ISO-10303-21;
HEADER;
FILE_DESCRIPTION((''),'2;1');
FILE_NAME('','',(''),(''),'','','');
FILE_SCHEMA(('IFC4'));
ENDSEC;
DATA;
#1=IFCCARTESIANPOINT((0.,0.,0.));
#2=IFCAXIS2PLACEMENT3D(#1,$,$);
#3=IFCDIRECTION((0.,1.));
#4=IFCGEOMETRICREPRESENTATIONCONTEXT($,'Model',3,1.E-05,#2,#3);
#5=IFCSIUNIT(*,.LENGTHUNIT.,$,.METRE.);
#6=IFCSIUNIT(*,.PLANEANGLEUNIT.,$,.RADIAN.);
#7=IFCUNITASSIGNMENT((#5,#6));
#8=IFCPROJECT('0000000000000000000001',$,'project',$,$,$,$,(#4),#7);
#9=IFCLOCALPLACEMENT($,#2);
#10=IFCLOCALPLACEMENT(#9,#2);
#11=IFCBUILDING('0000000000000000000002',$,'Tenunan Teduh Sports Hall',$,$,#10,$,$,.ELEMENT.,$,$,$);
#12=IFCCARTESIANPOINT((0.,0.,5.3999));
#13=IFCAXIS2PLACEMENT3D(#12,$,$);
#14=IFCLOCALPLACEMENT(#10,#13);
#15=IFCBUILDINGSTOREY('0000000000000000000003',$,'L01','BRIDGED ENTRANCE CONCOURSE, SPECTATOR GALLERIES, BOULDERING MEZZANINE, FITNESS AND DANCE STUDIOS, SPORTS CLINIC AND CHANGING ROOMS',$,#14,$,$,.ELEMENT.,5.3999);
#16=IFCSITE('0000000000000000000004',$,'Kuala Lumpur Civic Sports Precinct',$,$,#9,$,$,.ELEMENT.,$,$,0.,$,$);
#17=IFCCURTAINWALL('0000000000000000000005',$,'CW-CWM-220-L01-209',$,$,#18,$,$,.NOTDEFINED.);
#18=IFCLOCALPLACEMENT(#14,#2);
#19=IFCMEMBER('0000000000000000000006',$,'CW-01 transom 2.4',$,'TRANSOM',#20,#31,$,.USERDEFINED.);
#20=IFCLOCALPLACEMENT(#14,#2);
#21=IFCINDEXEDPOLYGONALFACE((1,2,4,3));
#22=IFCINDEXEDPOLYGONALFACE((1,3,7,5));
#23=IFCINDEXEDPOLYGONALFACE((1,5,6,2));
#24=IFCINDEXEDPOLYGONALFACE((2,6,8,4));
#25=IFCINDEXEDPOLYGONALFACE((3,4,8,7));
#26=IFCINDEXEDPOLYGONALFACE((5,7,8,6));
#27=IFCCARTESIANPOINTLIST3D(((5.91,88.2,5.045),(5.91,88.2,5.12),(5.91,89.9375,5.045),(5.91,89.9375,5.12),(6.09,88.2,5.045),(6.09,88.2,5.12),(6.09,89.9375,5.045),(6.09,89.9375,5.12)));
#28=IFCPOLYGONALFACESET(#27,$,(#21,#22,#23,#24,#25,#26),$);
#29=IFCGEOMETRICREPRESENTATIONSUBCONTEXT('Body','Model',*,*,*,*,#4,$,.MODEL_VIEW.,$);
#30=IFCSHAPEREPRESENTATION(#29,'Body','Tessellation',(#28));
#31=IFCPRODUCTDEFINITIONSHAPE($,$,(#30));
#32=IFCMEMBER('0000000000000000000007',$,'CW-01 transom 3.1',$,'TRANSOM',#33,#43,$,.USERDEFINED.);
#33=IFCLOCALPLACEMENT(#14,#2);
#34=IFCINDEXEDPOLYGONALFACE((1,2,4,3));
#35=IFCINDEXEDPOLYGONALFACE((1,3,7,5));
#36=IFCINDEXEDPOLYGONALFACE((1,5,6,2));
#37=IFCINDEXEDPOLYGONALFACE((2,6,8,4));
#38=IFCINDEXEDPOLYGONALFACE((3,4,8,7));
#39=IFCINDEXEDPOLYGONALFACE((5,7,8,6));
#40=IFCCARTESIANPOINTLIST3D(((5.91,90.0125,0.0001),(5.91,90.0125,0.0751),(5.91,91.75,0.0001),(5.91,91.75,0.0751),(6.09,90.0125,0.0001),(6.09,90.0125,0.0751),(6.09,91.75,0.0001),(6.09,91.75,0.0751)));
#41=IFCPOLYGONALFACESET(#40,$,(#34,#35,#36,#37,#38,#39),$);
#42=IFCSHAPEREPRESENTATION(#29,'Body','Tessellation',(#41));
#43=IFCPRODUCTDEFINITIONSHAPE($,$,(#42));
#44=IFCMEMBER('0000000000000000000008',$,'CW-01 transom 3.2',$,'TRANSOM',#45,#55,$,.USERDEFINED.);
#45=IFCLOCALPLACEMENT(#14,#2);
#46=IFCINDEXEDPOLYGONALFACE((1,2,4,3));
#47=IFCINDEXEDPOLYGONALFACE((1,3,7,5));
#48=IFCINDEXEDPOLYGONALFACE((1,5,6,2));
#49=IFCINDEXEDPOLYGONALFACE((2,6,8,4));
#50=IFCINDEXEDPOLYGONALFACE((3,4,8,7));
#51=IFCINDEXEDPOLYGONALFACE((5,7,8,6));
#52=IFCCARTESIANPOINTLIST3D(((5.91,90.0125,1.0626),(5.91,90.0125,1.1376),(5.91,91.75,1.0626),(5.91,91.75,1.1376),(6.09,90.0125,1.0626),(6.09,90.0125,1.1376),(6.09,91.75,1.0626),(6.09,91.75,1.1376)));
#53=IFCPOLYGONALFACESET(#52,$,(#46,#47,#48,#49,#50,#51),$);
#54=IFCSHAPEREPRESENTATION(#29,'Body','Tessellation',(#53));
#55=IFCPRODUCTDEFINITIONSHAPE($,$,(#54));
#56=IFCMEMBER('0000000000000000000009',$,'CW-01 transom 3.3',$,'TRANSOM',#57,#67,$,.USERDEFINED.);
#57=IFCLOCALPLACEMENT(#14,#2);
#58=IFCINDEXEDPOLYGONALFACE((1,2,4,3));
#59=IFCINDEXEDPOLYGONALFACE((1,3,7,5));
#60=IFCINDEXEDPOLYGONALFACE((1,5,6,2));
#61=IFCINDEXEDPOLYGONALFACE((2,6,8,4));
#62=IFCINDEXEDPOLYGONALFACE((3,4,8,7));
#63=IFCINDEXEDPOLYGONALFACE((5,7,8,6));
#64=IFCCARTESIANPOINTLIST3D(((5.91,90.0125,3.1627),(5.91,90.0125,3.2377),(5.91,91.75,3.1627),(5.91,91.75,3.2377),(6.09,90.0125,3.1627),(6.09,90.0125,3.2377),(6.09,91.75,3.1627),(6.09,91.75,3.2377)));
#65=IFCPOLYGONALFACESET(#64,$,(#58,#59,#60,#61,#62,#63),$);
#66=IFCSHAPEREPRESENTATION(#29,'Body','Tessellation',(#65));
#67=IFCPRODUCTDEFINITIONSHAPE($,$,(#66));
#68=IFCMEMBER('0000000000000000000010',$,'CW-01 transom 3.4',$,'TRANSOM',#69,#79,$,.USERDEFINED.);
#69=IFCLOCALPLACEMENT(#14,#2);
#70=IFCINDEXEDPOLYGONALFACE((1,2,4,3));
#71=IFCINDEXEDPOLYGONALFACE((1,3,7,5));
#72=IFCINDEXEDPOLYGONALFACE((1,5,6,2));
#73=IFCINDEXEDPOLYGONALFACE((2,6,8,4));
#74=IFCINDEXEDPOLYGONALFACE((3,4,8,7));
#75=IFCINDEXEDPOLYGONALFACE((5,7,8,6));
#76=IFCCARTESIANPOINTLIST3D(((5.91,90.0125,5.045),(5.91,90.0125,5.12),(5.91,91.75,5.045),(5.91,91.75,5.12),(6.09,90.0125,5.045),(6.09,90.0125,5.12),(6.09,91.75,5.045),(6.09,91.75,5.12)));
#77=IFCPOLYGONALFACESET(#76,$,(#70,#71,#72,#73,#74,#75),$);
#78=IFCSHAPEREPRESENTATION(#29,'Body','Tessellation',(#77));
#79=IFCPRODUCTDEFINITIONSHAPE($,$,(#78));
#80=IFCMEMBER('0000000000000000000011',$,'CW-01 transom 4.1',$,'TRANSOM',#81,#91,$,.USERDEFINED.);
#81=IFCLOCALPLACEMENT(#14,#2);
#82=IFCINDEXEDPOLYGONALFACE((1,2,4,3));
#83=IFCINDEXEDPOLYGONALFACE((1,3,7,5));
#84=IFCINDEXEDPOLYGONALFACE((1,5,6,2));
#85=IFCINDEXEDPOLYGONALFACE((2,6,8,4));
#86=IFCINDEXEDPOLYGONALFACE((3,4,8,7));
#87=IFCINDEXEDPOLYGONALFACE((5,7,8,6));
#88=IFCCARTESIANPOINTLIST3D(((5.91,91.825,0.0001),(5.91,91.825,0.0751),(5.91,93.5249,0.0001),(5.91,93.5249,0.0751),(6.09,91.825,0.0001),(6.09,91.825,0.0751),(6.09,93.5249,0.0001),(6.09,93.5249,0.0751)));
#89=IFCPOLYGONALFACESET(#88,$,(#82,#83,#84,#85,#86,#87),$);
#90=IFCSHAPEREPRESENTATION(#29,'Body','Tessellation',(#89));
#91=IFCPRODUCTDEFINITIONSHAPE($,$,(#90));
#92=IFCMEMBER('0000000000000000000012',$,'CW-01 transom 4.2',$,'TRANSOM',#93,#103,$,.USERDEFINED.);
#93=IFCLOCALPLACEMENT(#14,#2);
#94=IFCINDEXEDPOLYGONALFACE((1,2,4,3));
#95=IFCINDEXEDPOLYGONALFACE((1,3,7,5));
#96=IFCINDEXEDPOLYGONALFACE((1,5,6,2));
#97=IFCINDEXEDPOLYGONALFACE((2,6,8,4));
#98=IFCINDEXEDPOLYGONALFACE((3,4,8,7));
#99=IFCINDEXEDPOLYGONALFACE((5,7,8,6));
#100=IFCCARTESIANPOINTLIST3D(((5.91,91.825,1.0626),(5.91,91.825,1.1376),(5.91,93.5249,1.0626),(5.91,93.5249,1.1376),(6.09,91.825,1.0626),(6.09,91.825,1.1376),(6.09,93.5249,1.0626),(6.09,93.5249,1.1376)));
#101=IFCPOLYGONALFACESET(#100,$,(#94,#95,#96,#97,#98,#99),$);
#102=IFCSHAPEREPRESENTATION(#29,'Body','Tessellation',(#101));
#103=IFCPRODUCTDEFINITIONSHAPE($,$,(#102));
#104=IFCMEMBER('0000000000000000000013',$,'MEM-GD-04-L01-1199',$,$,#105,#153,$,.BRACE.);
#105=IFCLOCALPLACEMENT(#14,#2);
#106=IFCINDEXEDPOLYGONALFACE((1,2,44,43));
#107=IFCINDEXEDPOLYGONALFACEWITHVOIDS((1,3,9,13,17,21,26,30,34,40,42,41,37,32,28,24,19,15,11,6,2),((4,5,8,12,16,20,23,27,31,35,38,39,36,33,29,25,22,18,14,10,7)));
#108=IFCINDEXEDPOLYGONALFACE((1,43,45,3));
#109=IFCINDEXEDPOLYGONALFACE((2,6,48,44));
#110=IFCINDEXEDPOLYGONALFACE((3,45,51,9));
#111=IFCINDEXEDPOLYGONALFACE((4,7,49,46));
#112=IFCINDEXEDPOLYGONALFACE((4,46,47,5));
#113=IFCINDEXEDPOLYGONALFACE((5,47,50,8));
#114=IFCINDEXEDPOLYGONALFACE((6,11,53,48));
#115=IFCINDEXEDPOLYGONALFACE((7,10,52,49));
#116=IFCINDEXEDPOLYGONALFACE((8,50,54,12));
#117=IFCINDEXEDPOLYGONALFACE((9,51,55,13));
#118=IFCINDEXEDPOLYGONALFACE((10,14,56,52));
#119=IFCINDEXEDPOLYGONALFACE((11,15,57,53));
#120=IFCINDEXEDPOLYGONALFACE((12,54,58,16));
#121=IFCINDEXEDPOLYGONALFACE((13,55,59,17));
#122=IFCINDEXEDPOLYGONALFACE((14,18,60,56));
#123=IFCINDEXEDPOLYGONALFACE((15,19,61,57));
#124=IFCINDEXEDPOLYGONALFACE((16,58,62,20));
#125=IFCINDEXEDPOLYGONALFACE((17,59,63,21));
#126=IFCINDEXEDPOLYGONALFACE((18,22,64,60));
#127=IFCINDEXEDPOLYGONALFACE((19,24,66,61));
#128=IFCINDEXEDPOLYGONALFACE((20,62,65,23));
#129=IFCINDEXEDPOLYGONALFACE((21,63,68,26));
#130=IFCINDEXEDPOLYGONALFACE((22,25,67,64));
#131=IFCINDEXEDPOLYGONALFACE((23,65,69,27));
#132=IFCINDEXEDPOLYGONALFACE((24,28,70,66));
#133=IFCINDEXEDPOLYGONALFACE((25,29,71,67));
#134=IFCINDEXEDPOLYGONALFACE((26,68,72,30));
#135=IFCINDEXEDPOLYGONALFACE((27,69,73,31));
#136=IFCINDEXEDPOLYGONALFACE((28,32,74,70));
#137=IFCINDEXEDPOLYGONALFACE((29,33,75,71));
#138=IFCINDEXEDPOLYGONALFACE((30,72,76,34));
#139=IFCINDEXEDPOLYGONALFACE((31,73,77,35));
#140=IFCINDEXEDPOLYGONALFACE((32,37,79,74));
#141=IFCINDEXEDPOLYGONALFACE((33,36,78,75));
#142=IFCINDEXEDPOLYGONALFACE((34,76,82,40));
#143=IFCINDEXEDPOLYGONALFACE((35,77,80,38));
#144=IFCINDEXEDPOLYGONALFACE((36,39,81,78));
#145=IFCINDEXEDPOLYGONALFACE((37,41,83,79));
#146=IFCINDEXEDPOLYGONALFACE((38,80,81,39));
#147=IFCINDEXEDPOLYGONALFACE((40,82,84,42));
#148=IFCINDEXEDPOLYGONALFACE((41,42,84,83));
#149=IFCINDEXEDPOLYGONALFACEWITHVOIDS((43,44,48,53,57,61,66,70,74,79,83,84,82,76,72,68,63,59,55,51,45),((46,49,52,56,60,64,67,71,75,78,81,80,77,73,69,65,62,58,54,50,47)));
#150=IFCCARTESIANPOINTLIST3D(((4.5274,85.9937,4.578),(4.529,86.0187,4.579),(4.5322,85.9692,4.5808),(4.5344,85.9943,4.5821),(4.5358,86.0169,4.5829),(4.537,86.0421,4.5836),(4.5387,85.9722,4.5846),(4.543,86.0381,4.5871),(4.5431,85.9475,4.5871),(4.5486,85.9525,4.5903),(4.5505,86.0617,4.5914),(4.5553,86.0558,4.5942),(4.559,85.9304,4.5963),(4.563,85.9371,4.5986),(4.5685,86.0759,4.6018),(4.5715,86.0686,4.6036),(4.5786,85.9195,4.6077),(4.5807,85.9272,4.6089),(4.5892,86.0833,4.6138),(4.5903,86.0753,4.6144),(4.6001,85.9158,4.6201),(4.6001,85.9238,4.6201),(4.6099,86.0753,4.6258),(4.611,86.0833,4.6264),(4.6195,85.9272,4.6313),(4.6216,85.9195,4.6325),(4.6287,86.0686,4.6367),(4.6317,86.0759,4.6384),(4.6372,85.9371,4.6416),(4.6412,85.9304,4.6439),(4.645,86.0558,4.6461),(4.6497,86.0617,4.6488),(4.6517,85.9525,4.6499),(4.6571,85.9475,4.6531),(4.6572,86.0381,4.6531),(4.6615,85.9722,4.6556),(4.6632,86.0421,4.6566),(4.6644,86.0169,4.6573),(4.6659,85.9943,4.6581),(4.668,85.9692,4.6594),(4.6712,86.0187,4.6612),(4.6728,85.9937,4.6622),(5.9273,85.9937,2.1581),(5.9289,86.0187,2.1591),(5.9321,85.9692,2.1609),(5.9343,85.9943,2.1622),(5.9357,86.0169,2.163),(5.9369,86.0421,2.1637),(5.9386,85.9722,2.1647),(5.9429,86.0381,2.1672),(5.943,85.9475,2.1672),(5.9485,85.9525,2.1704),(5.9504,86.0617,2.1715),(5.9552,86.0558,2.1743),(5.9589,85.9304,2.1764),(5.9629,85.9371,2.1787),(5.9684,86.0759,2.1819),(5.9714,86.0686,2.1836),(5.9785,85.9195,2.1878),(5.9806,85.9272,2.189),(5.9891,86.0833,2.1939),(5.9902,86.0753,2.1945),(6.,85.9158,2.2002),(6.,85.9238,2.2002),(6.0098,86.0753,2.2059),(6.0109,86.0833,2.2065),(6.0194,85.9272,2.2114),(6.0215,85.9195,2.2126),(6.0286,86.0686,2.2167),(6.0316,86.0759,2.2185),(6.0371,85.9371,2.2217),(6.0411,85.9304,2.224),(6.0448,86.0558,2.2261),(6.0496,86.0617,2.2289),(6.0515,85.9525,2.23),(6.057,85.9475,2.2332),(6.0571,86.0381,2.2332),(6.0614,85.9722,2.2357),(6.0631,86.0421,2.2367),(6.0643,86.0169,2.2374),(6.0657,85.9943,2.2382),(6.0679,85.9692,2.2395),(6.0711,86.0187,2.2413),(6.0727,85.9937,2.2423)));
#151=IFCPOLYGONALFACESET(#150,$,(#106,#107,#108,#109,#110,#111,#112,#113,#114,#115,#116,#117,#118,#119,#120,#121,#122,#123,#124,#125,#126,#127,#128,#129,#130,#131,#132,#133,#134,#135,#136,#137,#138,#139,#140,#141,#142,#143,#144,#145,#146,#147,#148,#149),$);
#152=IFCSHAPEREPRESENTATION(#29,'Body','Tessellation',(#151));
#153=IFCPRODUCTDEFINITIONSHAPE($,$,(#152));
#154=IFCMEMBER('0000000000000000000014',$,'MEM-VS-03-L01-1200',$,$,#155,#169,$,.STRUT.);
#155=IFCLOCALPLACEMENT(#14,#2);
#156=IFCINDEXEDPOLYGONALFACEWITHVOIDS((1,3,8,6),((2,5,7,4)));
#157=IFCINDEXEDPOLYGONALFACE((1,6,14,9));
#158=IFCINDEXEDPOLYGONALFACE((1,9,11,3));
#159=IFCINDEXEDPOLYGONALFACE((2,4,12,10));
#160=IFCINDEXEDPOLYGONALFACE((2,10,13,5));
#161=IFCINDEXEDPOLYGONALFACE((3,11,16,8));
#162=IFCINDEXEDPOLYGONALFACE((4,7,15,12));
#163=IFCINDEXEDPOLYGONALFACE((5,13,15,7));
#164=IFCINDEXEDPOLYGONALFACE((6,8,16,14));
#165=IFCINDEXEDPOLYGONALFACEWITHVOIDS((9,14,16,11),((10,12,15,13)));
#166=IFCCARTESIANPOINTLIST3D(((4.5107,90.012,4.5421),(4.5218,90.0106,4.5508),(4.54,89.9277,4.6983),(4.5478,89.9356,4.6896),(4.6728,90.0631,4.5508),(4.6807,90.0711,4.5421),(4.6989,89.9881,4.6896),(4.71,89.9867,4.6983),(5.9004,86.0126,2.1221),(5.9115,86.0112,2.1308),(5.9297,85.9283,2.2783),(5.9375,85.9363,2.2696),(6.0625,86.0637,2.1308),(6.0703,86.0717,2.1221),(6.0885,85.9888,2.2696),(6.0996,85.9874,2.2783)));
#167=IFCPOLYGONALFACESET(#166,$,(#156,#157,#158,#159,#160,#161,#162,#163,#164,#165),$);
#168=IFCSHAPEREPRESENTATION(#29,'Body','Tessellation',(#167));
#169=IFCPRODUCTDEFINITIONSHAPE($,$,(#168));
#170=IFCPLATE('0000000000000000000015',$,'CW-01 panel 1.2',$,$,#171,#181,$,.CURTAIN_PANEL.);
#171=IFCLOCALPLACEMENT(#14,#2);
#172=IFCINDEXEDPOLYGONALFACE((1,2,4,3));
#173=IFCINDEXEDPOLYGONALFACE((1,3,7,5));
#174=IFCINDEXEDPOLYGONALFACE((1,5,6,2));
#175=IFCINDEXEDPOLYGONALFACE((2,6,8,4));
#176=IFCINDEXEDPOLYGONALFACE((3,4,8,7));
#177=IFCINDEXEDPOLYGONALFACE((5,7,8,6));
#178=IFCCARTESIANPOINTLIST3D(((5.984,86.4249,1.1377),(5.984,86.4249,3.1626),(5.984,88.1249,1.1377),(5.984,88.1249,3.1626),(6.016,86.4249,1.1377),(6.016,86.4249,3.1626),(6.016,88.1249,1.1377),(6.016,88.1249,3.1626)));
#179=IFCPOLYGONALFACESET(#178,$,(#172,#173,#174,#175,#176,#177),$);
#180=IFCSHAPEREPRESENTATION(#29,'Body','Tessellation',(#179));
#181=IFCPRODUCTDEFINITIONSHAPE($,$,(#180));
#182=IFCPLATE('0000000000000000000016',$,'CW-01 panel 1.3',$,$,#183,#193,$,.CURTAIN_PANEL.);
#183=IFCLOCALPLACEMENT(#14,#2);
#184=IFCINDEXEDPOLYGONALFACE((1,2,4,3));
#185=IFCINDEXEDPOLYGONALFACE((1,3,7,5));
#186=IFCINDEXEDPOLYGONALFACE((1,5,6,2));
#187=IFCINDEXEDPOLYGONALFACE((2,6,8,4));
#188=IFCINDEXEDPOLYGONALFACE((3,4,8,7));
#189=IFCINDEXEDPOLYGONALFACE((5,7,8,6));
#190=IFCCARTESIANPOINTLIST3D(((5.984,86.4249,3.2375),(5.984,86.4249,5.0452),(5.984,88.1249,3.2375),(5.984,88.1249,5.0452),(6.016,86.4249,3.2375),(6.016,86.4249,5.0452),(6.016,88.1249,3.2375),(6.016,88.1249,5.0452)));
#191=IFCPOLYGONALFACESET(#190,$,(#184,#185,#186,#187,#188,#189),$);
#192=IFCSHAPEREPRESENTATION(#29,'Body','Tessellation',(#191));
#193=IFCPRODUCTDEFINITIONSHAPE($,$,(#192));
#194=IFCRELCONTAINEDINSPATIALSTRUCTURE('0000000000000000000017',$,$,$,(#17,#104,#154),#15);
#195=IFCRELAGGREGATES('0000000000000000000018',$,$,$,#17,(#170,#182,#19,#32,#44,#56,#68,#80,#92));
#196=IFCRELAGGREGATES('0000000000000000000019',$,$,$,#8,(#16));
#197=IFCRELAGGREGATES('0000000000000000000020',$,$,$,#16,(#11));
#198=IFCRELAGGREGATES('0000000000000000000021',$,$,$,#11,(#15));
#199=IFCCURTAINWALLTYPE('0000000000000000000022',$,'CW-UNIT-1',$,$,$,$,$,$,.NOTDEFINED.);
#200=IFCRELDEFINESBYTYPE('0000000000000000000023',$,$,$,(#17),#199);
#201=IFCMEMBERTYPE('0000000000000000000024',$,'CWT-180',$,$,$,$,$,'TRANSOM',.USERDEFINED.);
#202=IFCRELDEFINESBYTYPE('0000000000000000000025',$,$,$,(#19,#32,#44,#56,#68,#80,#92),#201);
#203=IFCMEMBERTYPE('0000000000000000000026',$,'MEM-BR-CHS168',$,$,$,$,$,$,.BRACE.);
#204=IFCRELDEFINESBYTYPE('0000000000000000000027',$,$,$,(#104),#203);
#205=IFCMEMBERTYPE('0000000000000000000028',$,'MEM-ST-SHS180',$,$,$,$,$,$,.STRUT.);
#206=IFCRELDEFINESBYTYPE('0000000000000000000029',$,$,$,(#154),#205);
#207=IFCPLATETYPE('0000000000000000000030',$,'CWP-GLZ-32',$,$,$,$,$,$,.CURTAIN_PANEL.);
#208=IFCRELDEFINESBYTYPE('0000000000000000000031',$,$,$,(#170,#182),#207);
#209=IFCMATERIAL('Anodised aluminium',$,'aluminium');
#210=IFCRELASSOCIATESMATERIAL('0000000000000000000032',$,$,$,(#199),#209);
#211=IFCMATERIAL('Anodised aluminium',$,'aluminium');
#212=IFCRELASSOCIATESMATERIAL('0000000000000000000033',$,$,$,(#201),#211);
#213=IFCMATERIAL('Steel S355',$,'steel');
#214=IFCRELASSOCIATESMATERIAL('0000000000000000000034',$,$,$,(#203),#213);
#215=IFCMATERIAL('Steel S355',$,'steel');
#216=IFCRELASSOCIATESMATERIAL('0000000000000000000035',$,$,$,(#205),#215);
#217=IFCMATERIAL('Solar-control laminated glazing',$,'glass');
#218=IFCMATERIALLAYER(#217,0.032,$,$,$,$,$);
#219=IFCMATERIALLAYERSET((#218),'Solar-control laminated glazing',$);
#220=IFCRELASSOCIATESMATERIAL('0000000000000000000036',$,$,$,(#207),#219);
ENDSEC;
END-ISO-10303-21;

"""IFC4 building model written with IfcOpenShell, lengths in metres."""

from ifc_helpers import new_model, si_unit, direction, frame, origin, origin_2d, place, context, subcontext, project, spatial, rectangle, hollow_rectangle, hollow_circle, extrude, material, layer, layer_set, material_profile, profile_set, type_object, element, aggregate, save


model = new_model("IFC4")

# Units and contexts
model_context = context("Model", 3, precision=1e-05, world=origin(), true_north=direction((0.0, 1.0)))
body_context = subcontext(model_context, "Body", "Model", "MODEL_VIEW")
ifc_project = project(units=[si_unit("LENGTHUNIT", "METRE"), si_unit("PLANEANGLEUNIT", "RADIAN")], contexts=[model_context])

# Site, building, storey
site_placement = place(None, origin())
site = spatial("IfcSite", under=ifc_project, at=site_placement, Name="Kuala Lumpur Civic Sports Precinct", CompositionType="ELEMENT", RefElevation=0.0)
building_placement = place(site_placement, origin())
building = spatial("IfcBuilding", under=site, at=building_placement, Name="Tenunan Teduh Sports Hall", CompositionType="ELEMENT")
storey_placement = place(building_placement, frame((0.0, 0.0, 5.3999)))
storey = spatial("IfcBuildingStorey", under=building, at=storey_placement, Name="L01", Description="BRIDGED ENTRANCE CONCOURSE, SPECTATOR GALLERIES, BOULDERING MEZZANINE, FITNESS AND DANCE STUDIOS, SPORTS CLINIC AND CHANGING ROOMS", CompositionType="ELEMENT", Elevation=5.3999)

# Curtain wall, members
ifc_material_1 = material(Name="Anodised aluminium", Category="aluminium")
curtain_wall_type = type_object("IfcCurtainWallType", Name="CW-UNIT-1", PredefinedType="NOTDEFINED", material=ifc_material_1)
curtain_wall_placement = place(storey_placement, origin())
curtain_wall = element("IfcCurtainWall", 1, at=curtain_wall_placement, inside=storey, type_object=curtain_wall_type, Name="CW-CWM-220-L01-209", PredefinedType="NOTDEFINED")
ifc_material_2 = material(Name="Anodised aluminium", Category="aluminium")
ifc_material_profile_1 = material_profile(ifc_material_2, rectangle(XDim=0.075, YDim=0.1799, at=origin_2d()), Name="CWT 75x180")
ifc_profile_set_1 = profile_set([ifc_material_profile_1], Name="Anodised aluminium")
member_type_1 = type_object("IfcMemberType", Name="CWT-180", ElementType="TRANSOM", PredefinedType="USERDEFINED", material=ifc_profile_set_1)
member_1_placement = place(storey_placement, frame((6.0, 88.2, 5.0825), z_axis=(0.0, 1.0, 0.0), x_axis=(0.0, 0.0, 1.0)))
member_1 = element("IfcMember", 2, at=member_1_placement, type_object=member_type_1, Name="CW-01 transom 2.4", ObjectType="TRANSOM", PredefinedType="USERDEFINED", context=body_context, shape_type="SweptSolid", body=[
    extrude(rectangle(XDim=0.075, YDim=0.1799, at=origin_2d()), origin(), (0.0, 0.0, 1.0), 1.7375),
])
member_2_placement = place(storey_placement, frame((6.0, 90.0125, 0.0376), z_axis=(0.0, 1.0, 0.0), x_axis=(0.0, 0.0, 1.0)))
member_2 = element("IfcMember", 3, at=member_2_placement, type_object=member_type_1, Name="CW-01 transom 3.1", ObjectType="TRANSOM", PredefinedType="USERDEFINED", context=body_context, shape_type="SweptSolid", body=[
    extrude(rectangle(XDim=0.075, YDim=0.1799, at=origin_2d()), origin(), (0.0, 0.0, 1.0), 1.7375),
])
member_3_placement = place(storey_placement, frame((6.0, 90.0125, 1.1001), z_axis=(0.0, 1.0, 0.0), x_axis=(0.0, 0.0, 1.0)))
member_3 = element("IfcMember", 4, at=member_3_placement, type_object=member_type_1, Name="CW-01 transom 3.2", ObjectType="TRANSOM", PredefinedType="USERDEFINED", context=body_context, shape_type="SweptSolid", body=[
    extrude(rectangle(XDim=0.075, YDim=0.1799, at=origin_2d()), origin(), (0.0, 0.0, 1.0), 1.7375),
])
member_4_placement = place(storey_placement, frame((6.0, 90.0125, 3.2002), z_axis=(0.0, 1.0, 0.0), x_axis=(0.0, 0.0, 1.0)))
member_4 = element("IfcMember", 5, at=member_4_placement, type_object=member_type_1, Name="CW-01 transom 3.3", ObjectType="TRANSOM", PredefinedType="USERDEFINED", context=body_context, shape_type="SweptSolid", body=[
    extrude(rectangle(XDim=0.075, YDim=0.1799, at=origin_2d()), origin(), (0.0, 0.0, 1.0), 1.7375),
])
member_5_placement = place(storey_placement, frame((6.0, 90.0125, 5.0825), z_axis=(0.0, 1.0, 0.0), x_axis=(0.0, 0.0, 1.0)))
member_5 = element("IfcMember", 6, at=member_5_placement, type_object=member_type_1, Name="CW-01 transom 3.4", ObjectType="TRANSOM", PredefinedType="USERDEFINED", context=body_context, shape_type="SweptSolid", body=[
    extrude(rectangle(XDim=0.075, YDim=0.1799, at=origin_2d()), origin(), (0.0, 0.0, 1.0), 1.7375),
])
member_6_placement = place(storey_placement, frame((6.0, 91.825, 0.0376), z_axis=(0.0, 1.0, 0.0), x_axis=(0.0, 0.0, 1.0)))
member_6 = element("IfcMember", 7, at=member_6_placement, type_object=member_type_1, Name="CW-01 transom 4.1", ObjectType="TRANSOM", PredefinedType="USERDEFINED", context=body_context, shape_type="SweptSolid", body=[
    extrude(rectangle(XDim=0.075, YDim=0.1799, at=origin_2d()), origin(), (0.0, 0.0, 1.0), 1.7),
])
member_7_placement = place(storey_placement, frame((6.0, 91.825, 1.1001), z_axis=(0.0, 1.0, 0.0), x_axis=(0.0, 0.0, 1.0)))
member_7 = element("IfcMember", 8, at=member_7_placement, type_object=member_type_1, Name="CW-01 transom 4.2", ObjectType="TRANSOM", PredefinedType="USERDEFINED", context=body_context, shape_type="SweptSolid", body=[
    extrude(rectangle(XDim=0.075, YDim=0.1799, at=origin_2d()), origin(), (0.0, 0.0, 1.0), 1.7),
])

# Members
ifc_material_3 = material(Name="Steel S355", Category="steel")
ifc_material_profile_2 = material_profile(ifc_material_3, hollow_circle(Radius=0.0842, WallThickness=0.0081, at=origin_2d()), Name="CHS 168.3x8.0")
ifc_profile_set_2 = profile_set([ifc_material_profile_2], Name="Steel S355")
member_type_2 = type_object("IfcMemberType", Name="MEM-BR-CHS168", PredefinedType="BRACE", material=ifc_profile_set_2)
member_8_placement = place(storey_placement, frame((6.0, 86.0, 2.2002), z_axis=(-0.50074, 0.0, 0.865598), x_axis=(0.0, -1.0, 0.0)))
element("IfcMember", 9, at=member_8_placement, inside=storey, type_object=member_type_2, Name="MEM-GD-04-L01-1199", PredefinedType="BRACE", context=body_context, shape_type="SweptSolid", body=[
    extrude(hollow_circle(Radius=0.0842, WallThickness=0.0081, at=origin_2d()), origin(), (0.0, 0.0, 1.0), 2.7957),
])
ifc_material_4 = material(Name="Steel S355", Category="steel")
ifc_material_profile_3 = material_profile(ifc_material_4, hollow_rectangle(XDim=0.1799, YDim=0.1799, WallThickness=0.01, at=origin_2d()), Name="SHS 180x180x10.0")
ifc_profile_set_3 = profile_set([ifc_material_profile_3], Name="Steel S355")
member_type_3 = type_object("IfcMemberType", Name="MEM-ST-SHS180", PredefinedType="STRUT", material=ifc_profile_set_3)
member_9_placement = place(storey_placement, frame((6.0, 86.0, 2.2002), z_axis=(-0.284962, 0.820092, 0.496231), x_axis=(-0.944599, -0.328225, 0.0)))
element("IfcMember", 10, at=member_9_placement, inside=storey, type_object=member_type_3, Name="MEM-VS-03-L01-1200", PredefinedType="STRUT", context=body_context, shape_type="SweptSolid", body=[
    extrude(hollow_rectangle(XDim=0.1799, YDim=0.1799, WallThickness=0.01, at=origin_2d()), origin(), (0.0, 0.0, 1.0), 4.8767),
])

# Plates
ifc_material_5 = material(Name="Solar-control laminated glazing", Category="glass")
ifc_layer_1 = layer(ifc_material_5, 0.032)
ifc_layer_set_1 = layer_set([ifc_layer_1], Name="Solar-control laminated glazing")
plate_type_1 = type_object("IfcPlateType", Name="CWP-GLZ-32", PredefinedType="CURTAIN_PANEL", material=ifc_layer_set_1)
plate_1_placement = place(storey_placement, frame((6.0, 87.2749, 1.1377), z_axis=(0.0, 0.0, 1.0), x_axis=(0.0, 1.0, 0.0)))
plate_1 = element("IfcPlate", 11, at=plate_1_placement, type_object=plate_type_1, Name="CW-01 panel 1.2", PredefinedType="CURTAIN_PANEL", context=body_context, shape_type="SweptSolid", body=[
    extrude(rectangle(XDim=1.7, YDim=0.032, at=origin_2d()), origin(), (0.0, 0.0, 1.0), 2.0249),
])
plate_2_placement = place(storey_placement, frame((6.0, 87.2749, 3.2375), z_axis=(0.0, 0.0, 1.0), x_axis=(0.0, 1.0, 0.0)))
plate_2 = element("IfcPlate", 12, at=plate_2_placement, type_object=plate_type_1, Name="CW-01 panel 1.3", PredefinedType="CURTAIN_PANEL", context=body_context, shape_type="SweptSolid", body=[
    extrude(rectangle(XDim=1.7, YDim=0.032, at=origin_2d()), origin(), (0.0, 0.0, 1.0), 1.8076),
])
aggregate(curtain_wall, [plate_1, plate_2, member_1, member_2, member_3, member_4, member_5, member_6, member_7])

save(model, "model.ifc")
